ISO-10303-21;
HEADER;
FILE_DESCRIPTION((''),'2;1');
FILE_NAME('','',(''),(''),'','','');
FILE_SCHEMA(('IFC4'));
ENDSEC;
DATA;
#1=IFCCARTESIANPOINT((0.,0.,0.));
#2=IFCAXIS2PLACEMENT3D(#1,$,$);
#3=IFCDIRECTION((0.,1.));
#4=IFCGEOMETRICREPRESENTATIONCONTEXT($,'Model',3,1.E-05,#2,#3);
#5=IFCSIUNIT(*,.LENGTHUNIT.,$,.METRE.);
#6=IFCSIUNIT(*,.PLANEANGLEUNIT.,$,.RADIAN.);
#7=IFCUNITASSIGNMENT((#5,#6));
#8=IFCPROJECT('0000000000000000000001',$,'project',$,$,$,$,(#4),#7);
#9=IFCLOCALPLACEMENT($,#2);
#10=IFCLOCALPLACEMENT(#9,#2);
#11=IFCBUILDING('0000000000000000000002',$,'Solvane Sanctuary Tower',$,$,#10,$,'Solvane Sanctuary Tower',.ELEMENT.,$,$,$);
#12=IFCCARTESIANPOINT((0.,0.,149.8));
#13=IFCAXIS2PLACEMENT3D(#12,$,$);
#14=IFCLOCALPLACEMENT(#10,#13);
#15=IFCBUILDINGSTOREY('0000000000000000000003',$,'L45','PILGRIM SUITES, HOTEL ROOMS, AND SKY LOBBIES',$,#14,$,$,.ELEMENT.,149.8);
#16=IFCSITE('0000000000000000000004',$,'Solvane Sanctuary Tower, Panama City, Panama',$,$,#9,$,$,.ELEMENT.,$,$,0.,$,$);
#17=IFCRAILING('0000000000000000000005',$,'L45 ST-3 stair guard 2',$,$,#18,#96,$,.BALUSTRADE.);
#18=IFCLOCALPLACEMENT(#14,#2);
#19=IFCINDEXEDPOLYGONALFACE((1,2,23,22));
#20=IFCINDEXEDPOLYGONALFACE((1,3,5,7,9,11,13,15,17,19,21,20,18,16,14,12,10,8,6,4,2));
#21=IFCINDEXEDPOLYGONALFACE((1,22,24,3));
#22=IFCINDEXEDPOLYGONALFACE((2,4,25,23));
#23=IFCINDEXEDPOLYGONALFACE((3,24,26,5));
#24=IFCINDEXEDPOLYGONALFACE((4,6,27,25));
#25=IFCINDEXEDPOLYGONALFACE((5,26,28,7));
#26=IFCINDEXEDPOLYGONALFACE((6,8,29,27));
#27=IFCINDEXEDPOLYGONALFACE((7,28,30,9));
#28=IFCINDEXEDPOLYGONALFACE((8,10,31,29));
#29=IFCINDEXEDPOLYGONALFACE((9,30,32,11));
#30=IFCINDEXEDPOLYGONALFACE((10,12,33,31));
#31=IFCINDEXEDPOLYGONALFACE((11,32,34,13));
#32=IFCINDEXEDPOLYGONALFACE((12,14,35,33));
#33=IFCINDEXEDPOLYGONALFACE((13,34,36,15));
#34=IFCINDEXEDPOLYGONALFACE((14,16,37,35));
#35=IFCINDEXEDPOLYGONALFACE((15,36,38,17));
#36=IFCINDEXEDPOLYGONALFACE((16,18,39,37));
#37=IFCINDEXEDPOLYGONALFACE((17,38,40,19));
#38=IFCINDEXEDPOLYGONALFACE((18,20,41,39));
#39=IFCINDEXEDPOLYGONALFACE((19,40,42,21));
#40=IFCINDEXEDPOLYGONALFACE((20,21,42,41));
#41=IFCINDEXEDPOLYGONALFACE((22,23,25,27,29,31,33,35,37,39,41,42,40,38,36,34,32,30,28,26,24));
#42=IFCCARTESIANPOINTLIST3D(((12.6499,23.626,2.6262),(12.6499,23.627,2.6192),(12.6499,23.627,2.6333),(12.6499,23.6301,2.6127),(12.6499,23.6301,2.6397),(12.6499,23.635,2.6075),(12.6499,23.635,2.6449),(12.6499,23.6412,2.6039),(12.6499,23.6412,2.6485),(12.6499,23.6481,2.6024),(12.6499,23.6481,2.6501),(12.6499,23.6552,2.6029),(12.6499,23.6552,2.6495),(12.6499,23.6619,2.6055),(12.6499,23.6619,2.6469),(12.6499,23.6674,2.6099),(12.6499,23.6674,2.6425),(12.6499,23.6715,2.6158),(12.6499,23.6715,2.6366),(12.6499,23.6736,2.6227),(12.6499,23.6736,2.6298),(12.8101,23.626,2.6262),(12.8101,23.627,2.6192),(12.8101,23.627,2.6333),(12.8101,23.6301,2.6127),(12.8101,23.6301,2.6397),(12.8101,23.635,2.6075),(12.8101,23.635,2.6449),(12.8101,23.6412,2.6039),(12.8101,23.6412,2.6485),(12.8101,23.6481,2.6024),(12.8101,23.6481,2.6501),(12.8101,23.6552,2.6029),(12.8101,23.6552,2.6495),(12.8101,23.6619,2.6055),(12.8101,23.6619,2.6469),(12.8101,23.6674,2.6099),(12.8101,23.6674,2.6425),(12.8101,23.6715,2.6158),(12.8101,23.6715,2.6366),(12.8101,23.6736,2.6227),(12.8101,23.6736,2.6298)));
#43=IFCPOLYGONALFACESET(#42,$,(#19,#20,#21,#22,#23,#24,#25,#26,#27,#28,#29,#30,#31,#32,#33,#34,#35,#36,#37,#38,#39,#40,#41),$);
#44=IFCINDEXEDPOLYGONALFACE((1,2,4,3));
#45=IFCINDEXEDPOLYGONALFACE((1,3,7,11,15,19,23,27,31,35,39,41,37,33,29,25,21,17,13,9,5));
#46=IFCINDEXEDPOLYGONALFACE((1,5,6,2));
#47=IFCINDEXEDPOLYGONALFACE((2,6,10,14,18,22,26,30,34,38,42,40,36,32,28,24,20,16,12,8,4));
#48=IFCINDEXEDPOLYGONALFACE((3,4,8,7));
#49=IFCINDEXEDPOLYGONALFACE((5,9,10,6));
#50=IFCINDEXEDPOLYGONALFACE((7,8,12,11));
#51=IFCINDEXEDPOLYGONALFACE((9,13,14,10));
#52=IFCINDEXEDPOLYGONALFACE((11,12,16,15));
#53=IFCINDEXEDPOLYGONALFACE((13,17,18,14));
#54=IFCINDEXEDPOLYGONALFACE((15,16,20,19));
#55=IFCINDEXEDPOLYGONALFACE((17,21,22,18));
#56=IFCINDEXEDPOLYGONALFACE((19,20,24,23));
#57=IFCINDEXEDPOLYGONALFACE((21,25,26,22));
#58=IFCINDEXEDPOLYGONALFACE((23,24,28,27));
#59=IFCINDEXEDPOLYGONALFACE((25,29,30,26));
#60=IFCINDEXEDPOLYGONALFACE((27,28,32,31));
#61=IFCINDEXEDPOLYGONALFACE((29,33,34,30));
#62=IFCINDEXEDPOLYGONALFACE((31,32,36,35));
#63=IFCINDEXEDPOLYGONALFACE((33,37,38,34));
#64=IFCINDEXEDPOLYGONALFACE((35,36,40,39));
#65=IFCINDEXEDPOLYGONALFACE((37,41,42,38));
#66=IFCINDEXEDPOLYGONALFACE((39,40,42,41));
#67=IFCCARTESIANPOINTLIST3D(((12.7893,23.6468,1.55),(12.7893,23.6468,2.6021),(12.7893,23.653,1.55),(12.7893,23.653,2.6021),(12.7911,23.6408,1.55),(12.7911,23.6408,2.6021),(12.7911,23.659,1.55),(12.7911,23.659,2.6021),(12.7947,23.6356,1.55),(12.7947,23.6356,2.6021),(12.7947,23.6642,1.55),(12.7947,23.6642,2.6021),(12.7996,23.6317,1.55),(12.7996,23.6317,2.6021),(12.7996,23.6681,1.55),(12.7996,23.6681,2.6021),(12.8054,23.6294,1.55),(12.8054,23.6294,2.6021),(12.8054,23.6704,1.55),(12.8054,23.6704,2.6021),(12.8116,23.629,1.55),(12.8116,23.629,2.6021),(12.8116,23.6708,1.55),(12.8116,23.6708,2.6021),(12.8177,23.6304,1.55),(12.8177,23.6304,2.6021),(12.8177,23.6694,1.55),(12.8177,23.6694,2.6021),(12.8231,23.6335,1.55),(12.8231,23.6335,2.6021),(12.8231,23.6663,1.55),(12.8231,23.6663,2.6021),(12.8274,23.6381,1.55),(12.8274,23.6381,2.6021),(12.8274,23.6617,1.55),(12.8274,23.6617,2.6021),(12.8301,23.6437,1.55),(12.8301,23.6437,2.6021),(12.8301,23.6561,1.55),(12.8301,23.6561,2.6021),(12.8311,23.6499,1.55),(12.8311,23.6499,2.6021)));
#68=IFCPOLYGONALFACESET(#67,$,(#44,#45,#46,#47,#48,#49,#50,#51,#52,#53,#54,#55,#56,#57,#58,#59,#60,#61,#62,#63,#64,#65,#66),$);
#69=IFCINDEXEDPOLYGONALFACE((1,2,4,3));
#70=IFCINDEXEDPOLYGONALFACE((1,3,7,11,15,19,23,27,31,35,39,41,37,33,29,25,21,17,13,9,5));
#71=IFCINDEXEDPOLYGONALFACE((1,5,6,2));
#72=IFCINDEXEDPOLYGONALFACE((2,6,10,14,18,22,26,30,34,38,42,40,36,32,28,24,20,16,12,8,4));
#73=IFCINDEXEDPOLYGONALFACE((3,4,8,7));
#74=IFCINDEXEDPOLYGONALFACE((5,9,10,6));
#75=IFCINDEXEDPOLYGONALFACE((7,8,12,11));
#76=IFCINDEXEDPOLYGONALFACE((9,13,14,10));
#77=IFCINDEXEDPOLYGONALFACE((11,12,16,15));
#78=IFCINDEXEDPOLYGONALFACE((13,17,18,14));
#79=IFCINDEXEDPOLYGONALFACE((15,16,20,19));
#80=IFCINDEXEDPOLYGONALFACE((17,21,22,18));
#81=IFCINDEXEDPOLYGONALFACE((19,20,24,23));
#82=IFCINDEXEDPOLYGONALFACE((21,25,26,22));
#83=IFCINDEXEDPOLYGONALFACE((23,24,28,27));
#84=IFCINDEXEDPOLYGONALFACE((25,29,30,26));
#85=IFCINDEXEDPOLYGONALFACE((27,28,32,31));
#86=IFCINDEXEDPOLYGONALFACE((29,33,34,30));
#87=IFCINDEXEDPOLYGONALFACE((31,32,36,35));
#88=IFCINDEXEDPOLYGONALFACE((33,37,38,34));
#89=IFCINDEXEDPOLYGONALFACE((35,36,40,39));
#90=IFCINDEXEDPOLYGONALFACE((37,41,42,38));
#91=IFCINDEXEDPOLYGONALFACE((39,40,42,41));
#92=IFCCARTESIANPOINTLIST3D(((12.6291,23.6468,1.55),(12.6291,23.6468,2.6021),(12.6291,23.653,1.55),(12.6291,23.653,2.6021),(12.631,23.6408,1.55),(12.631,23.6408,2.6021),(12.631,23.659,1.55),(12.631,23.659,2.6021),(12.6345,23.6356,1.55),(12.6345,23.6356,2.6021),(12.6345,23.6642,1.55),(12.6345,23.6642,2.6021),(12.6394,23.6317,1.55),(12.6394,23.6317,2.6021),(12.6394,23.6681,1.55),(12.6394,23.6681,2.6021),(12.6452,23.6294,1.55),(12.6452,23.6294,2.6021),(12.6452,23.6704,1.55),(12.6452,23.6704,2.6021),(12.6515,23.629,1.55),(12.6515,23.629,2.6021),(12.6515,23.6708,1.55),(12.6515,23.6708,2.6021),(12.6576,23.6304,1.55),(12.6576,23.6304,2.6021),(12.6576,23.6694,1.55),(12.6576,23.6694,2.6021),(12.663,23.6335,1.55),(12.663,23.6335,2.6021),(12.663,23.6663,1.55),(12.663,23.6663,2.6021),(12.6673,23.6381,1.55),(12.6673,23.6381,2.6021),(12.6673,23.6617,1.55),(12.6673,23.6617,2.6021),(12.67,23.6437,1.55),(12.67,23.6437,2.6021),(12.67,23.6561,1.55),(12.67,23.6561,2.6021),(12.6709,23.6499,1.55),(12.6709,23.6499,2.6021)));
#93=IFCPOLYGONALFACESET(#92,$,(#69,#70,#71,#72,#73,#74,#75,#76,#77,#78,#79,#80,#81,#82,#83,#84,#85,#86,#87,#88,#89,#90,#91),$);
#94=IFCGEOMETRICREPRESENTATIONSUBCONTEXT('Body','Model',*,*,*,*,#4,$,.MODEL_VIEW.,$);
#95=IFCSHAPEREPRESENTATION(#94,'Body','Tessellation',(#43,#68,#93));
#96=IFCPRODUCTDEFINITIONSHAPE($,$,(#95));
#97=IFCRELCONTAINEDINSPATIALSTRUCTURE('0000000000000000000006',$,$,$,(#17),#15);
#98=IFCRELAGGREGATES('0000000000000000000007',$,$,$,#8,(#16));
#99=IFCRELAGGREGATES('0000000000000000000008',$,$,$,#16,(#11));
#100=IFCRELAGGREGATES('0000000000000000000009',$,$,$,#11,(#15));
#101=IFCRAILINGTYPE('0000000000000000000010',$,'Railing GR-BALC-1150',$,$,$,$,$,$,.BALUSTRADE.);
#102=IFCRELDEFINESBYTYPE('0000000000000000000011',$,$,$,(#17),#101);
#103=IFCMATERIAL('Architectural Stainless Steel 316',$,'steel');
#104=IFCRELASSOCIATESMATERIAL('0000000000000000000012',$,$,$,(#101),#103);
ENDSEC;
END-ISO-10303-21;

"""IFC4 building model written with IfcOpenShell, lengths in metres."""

from ifc_helpers import new_model, si_unit, direction, frame, origin, origin_2d, place, context, subcontext, project, spatial, circle, extrude, material, type_object, element, save


model = new_model("IFC4")

# Units and contexts
model_context = context("Model", 3, precision=1e-05, world=origin(), true_north=direction((0.0, 1.0)))
body_context = subcontext(model_context, "Body", "Model", "MODEL_VIEW")
ifc_project = project(units=[si_unit("LENGTHUNIT", "METRE"), si_unit("PLANEANGLEUNIT", "RADIAN")], contexts=[model_context])

# Site, building, storey
site_placement = place(None, origin())
site = spatial("IfcSite", under=ifc_project, at=site_placement, Name="Solvane Sanctuary Tower, Panama City, Panama", CompositionType="ELEMENT", RefElevation=0.0)
building_placement = place(site_placement, origin())
building = spatial("IfcBuilding", under=site, at=building_placement, Name="Solvane Sanctuary Tower", LongName="Solvane Sanctuary Tower", CompositionType="ELEMENT")
storey_placement = place(building_placement, frame((0.0, 0.0, 149.8)))
storey = spatial("IfcBuildingStorey", under=building, at=storey_placement, Name="L45", Description="PILGRIM SUITES, HOTEL ROOMS, AND SKY LOBBIES", CompositionType="ELEMENT", Elevation=149.8)

# Shared definitions
ifc_material_1 = material(Name="Architectural Stainless Steel 316", Category="steel")

# Railing
railing_type_1 = type_object("IfcRailingType", Name="Railing GR-BALC-1150", PredefinedType="BALUSTRADE", material=ifc_material_1)
railing_1_placement = place(storey_placement, frame((12.8101, 23.6499, 1.55)))
element("IfcRailing", 1, at=railing_1_placement, inside=storey, type_object=railing_type_1, Name="L45 ST-3 stair guard 2", PredefinedType="BALUSTRADE", context=body_context, shape_type="SweptSolid", body=[
    extrude(circle(Radius=0.0239, at=origin_2d()), frame((0.0, 0.0, 1.0762), z_axis=(-1.0, 0.0, 0.0), x_axis=(0.0, -1.0, 0.0)), (0.0, 0.0, 1.0), 0.1602),
    extrude(circle(Radius=0.021, at=origin_2d()), origin(), (0.0, 0.0, 1.0), 1.052),
    extrude(circle(Radius=0.021, at=origin_2d()), frame((-0.1602, 0.0, 0.0)), (0.0, 0.0, 1.0), 1.052),
])

save(model, "model.ifc")
